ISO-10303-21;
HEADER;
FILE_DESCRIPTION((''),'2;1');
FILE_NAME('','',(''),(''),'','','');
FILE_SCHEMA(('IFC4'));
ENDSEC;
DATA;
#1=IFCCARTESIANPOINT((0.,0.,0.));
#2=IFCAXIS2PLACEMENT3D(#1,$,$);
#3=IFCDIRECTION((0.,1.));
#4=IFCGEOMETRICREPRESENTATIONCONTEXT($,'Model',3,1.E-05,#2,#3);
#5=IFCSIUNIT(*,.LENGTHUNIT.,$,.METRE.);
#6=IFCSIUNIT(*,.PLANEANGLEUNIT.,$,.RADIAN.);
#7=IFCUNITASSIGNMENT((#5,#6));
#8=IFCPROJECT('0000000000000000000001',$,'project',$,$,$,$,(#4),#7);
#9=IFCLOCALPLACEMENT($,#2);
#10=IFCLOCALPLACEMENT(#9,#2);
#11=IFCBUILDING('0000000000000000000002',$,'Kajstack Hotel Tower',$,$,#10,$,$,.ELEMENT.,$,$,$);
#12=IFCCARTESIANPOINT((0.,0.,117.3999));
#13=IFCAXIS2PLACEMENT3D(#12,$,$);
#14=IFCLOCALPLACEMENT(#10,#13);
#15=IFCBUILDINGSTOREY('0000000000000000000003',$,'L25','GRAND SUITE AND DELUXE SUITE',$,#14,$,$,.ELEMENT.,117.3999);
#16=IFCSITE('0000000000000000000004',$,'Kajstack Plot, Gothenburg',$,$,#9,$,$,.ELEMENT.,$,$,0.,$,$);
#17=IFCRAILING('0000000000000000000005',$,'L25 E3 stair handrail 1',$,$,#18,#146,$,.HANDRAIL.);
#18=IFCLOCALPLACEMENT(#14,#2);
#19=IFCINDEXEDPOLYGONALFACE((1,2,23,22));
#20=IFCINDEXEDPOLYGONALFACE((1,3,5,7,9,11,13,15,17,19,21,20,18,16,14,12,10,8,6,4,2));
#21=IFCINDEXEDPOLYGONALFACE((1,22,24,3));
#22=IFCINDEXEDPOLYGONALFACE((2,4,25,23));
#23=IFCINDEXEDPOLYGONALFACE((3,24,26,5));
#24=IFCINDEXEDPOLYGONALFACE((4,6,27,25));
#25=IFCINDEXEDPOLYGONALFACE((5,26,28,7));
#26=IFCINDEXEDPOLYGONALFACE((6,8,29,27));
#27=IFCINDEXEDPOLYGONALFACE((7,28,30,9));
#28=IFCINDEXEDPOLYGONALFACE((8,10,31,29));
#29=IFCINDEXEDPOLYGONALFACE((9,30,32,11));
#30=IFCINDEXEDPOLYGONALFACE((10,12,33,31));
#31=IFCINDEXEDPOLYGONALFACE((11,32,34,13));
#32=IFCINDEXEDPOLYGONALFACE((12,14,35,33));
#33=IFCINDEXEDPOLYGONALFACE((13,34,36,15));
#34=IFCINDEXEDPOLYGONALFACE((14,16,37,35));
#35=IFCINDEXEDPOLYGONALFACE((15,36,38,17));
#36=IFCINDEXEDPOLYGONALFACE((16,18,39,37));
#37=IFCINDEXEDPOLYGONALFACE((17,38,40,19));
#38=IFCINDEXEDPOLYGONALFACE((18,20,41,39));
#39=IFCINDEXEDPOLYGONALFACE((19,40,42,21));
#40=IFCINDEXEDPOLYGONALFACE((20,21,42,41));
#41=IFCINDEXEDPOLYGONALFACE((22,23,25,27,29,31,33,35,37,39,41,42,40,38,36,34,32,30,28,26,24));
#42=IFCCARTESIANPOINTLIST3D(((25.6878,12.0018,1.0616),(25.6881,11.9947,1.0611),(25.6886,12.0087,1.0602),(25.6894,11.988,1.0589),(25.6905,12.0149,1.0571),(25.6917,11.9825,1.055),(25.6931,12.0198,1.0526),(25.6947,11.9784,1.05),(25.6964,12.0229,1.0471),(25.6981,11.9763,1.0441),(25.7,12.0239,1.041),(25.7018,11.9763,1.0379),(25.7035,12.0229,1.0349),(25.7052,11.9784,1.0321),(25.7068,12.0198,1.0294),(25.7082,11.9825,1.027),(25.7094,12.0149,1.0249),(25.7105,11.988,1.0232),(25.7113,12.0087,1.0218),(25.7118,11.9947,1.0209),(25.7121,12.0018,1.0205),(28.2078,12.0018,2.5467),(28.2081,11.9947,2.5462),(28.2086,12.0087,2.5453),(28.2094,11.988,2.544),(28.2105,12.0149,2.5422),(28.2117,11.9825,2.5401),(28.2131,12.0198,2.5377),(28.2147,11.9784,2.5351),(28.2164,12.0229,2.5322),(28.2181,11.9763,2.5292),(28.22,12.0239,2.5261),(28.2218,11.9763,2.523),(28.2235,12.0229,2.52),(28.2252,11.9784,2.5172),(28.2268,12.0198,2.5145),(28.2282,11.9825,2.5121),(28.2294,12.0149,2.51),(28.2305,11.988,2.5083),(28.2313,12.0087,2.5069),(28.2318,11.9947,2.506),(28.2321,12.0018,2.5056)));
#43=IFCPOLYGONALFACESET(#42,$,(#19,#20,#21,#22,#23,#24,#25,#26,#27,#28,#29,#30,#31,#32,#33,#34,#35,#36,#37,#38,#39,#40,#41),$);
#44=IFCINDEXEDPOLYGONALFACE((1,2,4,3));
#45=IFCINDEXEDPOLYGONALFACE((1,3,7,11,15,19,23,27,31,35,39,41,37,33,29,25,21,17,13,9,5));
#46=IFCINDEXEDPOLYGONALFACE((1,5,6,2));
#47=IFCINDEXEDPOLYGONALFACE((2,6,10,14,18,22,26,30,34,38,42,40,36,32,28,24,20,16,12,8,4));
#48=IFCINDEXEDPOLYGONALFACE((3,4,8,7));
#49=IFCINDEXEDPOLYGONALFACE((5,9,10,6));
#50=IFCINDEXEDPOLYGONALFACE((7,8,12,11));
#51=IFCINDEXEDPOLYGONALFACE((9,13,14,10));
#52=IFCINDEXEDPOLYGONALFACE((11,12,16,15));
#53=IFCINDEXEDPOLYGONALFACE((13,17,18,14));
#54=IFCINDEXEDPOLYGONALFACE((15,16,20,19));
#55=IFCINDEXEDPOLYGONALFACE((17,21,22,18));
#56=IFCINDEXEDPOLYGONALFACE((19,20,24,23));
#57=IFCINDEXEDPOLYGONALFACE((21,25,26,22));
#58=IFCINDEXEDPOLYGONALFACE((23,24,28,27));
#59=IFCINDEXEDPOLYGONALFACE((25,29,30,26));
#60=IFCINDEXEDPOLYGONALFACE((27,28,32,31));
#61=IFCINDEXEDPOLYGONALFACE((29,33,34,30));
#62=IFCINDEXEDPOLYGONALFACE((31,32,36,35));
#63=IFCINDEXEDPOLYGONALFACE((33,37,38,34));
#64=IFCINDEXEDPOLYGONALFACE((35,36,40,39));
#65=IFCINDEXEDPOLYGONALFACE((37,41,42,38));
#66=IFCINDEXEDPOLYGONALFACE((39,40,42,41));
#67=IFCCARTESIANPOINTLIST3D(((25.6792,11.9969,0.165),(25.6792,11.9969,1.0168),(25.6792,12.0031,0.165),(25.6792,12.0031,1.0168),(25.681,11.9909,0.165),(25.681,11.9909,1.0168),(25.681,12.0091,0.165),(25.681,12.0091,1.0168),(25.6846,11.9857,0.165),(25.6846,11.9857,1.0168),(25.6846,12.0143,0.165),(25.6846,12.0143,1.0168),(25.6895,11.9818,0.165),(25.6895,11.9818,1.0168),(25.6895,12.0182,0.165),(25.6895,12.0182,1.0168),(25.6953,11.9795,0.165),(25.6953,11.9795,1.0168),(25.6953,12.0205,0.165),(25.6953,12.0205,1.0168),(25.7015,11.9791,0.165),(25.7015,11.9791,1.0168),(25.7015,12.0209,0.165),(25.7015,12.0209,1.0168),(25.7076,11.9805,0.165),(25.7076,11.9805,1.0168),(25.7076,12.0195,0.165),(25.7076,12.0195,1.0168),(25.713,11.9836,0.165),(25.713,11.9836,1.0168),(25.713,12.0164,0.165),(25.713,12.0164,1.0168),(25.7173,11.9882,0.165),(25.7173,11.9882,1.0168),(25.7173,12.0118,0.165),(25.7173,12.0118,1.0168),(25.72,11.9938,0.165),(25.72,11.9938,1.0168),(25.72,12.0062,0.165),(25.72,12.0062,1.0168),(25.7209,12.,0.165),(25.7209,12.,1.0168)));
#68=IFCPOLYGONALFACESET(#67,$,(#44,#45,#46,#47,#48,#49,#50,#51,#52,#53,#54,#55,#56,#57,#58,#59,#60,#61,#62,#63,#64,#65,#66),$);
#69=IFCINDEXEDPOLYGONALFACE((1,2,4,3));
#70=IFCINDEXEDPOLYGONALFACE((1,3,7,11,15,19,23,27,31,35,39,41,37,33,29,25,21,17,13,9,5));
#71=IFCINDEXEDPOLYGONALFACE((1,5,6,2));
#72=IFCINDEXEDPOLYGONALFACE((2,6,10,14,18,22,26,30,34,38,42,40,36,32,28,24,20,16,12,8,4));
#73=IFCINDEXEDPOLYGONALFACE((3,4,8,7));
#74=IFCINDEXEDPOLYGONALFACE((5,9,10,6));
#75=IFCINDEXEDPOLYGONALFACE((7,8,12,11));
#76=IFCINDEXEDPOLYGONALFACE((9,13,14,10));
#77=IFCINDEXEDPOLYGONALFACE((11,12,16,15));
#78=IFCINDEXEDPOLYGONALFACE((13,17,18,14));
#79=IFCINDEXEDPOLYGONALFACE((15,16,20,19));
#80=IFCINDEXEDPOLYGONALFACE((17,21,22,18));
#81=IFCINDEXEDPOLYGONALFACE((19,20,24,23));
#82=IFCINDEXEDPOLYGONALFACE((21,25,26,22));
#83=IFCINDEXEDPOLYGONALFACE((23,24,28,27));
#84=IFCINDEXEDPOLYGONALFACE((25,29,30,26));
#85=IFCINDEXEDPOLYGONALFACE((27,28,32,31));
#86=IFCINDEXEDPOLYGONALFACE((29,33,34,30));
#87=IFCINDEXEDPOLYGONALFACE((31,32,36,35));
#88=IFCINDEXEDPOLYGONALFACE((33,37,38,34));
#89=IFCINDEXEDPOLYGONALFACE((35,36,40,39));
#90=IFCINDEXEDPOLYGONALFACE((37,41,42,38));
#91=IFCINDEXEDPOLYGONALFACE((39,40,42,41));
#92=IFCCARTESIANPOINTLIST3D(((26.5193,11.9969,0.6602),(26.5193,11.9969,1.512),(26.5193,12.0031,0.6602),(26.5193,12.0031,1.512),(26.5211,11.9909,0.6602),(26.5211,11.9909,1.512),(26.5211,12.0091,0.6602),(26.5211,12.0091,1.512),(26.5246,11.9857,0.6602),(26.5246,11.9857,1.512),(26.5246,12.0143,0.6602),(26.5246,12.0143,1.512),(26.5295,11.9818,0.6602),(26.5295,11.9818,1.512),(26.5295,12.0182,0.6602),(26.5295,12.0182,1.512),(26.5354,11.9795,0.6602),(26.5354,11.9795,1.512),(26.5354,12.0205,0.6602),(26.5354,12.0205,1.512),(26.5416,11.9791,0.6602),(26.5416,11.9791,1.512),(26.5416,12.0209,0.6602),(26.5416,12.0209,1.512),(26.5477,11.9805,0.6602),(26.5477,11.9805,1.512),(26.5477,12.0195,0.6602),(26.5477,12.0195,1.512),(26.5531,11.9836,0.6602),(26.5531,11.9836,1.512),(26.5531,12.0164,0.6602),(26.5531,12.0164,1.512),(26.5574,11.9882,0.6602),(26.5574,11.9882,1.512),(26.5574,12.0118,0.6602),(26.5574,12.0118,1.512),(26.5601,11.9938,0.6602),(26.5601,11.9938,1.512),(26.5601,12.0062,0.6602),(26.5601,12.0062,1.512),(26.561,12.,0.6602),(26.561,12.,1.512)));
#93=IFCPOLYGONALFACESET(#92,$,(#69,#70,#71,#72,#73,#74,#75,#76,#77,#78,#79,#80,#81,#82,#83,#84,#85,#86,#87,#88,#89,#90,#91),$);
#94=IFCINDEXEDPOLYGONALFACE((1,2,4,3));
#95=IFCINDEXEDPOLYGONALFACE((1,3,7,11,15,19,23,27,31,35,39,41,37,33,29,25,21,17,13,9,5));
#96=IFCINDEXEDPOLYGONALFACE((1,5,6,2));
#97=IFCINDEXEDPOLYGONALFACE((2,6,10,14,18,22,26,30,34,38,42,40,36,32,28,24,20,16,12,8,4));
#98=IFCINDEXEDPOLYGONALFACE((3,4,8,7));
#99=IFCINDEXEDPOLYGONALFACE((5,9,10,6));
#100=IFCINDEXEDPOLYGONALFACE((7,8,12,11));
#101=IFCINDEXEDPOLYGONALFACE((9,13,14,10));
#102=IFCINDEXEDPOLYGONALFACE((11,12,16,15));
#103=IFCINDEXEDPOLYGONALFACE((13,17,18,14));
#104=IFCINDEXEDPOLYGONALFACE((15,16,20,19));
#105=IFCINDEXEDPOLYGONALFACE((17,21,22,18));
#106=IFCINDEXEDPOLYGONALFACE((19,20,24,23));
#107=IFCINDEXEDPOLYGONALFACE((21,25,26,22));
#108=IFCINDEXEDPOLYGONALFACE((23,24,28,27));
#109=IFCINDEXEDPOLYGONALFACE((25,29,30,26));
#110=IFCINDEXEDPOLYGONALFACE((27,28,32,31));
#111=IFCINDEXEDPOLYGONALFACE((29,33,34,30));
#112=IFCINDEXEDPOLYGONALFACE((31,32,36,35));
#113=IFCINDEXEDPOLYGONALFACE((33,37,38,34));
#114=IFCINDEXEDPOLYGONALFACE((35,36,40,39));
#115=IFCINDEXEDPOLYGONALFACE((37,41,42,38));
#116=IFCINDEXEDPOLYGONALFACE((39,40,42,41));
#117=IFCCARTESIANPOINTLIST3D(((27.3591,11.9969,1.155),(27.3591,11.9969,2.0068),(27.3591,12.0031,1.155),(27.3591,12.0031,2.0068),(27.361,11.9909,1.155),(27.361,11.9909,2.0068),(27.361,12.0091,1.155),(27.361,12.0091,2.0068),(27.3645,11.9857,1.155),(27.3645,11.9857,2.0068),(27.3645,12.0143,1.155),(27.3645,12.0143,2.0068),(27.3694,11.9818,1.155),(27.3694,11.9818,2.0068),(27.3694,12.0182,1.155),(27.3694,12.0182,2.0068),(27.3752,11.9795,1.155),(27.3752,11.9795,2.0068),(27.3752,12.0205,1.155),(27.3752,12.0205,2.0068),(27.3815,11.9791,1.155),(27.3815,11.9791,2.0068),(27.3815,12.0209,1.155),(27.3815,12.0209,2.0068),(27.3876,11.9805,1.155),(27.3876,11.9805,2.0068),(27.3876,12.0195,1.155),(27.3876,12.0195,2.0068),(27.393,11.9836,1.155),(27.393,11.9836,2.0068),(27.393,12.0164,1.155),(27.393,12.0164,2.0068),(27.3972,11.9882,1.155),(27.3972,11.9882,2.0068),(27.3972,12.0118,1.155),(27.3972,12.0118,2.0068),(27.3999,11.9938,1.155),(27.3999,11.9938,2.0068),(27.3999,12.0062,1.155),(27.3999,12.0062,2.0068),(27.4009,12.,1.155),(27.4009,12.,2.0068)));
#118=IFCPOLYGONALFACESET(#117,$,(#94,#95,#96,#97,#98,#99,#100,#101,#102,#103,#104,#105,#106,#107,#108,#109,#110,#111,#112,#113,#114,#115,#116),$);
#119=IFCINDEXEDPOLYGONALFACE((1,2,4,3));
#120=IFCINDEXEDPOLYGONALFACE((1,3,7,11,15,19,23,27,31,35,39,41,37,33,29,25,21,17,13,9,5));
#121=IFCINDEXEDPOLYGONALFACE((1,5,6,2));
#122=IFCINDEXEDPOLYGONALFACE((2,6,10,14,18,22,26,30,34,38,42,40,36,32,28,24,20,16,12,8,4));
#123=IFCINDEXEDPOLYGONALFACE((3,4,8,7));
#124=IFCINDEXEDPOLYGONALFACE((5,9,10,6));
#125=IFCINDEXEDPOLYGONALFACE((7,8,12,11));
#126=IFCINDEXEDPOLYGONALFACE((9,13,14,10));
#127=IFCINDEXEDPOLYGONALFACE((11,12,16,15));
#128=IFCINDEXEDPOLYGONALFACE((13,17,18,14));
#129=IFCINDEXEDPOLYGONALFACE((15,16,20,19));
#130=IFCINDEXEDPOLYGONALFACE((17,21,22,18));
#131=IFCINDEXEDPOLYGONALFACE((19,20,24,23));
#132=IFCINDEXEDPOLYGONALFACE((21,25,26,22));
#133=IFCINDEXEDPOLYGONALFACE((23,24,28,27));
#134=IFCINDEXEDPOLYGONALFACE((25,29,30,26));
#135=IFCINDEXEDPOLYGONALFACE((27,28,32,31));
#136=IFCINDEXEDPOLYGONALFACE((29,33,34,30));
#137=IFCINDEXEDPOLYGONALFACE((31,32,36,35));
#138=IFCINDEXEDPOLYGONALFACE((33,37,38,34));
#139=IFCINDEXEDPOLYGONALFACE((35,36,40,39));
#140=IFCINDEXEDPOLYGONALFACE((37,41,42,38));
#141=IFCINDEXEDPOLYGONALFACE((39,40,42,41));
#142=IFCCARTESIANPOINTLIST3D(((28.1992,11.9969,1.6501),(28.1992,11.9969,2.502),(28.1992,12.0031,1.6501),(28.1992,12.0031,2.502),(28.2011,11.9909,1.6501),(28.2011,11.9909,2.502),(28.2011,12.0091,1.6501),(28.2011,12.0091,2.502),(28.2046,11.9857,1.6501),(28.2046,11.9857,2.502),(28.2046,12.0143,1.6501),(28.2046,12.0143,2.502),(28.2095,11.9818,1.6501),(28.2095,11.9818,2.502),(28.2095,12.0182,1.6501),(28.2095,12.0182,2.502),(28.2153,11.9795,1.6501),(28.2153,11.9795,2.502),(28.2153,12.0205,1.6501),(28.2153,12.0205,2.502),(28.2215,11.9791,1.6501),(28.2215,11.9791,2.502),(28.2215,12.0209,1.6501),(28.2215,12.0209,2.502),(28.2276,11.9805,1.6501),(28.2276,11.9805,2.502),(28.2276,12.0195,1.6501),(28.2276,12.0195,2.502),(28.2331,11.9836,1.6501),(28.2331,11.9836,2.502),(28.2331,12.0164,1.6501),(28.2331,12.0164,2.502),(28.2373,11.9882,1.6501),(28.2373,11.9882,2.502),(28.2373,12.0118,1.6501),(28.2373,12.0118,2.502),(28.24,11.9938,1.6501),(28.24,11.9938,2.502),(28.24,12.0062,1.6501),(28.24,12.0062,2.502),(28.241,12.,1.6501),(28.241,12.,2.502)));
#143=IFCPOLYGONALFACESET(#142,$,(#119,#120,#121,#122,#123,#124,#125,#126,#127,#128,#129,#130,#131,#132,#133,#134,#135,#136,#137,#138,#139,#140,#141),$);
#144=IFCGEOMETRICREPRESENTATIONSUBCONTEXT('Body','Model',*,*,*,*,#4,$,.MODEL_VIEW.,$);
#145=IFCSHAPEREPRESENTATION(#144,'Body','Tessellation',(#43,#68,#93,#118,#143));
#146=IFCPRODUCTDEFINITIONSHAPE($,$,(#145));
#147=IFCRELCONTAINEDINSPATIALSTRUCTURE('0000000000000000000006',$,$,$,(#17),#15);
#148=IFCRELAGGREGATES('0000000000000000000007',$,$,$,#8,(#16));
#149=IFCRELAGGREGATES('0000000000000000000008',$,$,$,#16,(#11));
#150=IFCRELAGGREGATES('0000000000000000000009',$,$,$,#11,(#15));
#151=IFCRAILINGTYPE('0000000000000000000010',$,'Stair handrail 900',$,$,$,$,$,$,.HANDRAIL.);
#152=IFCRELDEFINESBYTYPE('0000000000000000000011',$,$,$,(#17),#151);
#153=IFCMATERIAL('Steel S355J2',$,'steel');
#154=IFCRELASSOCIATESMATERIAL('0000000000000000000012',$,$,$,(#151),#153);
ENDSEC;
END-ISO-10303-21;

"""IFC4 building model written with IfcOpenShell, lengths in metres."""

from ifc_helpers import new_model, si_unit, direction, frame, origin, origin_2d, place, context, subcontext, project, spatial, circle, extrude, material, type_object, element, save


model = new_model("IFC4")

# Units and contexts
model_context = context("Model", 3, precision=1e-05, world=origin(), true_north=direction((0.0, 1.0)))
body_context = subcontext(model_context, "Body", "Model", "MODEL_VIEW")
ifc_project = project(units=[si_unit("LENGTHUNIT", "METRE"), si_unit("PLANEANGLEUNIT", "RADIAN")], contexts=[model_context])

# Site, building, storey
site_placement = place(None, origin())
site = spatial("IfcSite", under=ifc_project, at=site_placement, Name="Kajstack Plot, Gothenburg", CompositionType="ELEMENT", RefElevation=0.0)
building_placement = place(site_placement, origin())
building = spatial("IfcBuilding", under=site, at=building_placement, Name="Kajstack Hotel Tower", CompositionType="ELEMENT")
storey_placement = place(building_placement, frame((0.0, 0.0, 117.3999)))
storey = spatial("IfcBuildingStorey", under=building, at=storey_placement, Name="L25", Description="GRAND SUITE AND DELUXE SUITE", CompositionType="ELEMENT", Elevation=117.3999)

# Railing
ifc_material_1 = material(Name="Steel S355J2", Category="steel")
railing_type_1 = type_object("IfcRailingType", Name="Stair handrail 900", PredefinedType="HANDRAIL", material=ifc_material_1)
railing_1_placement = place(storey_placement, frame((25.7, 12.0, 0.165)))
element("IfcRailing", 1, at=railing_1_placement, inside=storey, type_object=railing_type_1, Name="L25 E3 stair handrail 1", PredefinedType="HANDRAIL", context=body_context, shape_type="SweptSolid", body=[
    extrude(circle(Radius=0.0239, at=origin_2d()), frame((0.0, 0.0, 0.876), z_axis=(0.861524, 0.0, 0.507717), x_axis=(0.0, 1.0, 0.0)), (0.0, 0.0, 1.0), 2.925),
    extrude(circle(Radius=0.021, at=origin_2d()), origin(), (0.0, 0.0, 1.0), 0.8518),
    extrude(circle(Radius=0.021, at=origin_2d()), frame((0.8401, 0.0, 0.4951)), (0.0, 0.0, 1.0), 0.8518),
    extrude(circle(Radius=0.021, at=origin_2d()), frame((1.6799, 0.0, 0.99)), (0.0, 0.0, 1.0), 0.8518),
    extrude(circle(Radius=0.021, at=origin_2d()), frame((2.52, 0.0, 1.4851)), (0.0, 0.0, 1.0), 0.8518),
])

save(model, "model.ifc")
